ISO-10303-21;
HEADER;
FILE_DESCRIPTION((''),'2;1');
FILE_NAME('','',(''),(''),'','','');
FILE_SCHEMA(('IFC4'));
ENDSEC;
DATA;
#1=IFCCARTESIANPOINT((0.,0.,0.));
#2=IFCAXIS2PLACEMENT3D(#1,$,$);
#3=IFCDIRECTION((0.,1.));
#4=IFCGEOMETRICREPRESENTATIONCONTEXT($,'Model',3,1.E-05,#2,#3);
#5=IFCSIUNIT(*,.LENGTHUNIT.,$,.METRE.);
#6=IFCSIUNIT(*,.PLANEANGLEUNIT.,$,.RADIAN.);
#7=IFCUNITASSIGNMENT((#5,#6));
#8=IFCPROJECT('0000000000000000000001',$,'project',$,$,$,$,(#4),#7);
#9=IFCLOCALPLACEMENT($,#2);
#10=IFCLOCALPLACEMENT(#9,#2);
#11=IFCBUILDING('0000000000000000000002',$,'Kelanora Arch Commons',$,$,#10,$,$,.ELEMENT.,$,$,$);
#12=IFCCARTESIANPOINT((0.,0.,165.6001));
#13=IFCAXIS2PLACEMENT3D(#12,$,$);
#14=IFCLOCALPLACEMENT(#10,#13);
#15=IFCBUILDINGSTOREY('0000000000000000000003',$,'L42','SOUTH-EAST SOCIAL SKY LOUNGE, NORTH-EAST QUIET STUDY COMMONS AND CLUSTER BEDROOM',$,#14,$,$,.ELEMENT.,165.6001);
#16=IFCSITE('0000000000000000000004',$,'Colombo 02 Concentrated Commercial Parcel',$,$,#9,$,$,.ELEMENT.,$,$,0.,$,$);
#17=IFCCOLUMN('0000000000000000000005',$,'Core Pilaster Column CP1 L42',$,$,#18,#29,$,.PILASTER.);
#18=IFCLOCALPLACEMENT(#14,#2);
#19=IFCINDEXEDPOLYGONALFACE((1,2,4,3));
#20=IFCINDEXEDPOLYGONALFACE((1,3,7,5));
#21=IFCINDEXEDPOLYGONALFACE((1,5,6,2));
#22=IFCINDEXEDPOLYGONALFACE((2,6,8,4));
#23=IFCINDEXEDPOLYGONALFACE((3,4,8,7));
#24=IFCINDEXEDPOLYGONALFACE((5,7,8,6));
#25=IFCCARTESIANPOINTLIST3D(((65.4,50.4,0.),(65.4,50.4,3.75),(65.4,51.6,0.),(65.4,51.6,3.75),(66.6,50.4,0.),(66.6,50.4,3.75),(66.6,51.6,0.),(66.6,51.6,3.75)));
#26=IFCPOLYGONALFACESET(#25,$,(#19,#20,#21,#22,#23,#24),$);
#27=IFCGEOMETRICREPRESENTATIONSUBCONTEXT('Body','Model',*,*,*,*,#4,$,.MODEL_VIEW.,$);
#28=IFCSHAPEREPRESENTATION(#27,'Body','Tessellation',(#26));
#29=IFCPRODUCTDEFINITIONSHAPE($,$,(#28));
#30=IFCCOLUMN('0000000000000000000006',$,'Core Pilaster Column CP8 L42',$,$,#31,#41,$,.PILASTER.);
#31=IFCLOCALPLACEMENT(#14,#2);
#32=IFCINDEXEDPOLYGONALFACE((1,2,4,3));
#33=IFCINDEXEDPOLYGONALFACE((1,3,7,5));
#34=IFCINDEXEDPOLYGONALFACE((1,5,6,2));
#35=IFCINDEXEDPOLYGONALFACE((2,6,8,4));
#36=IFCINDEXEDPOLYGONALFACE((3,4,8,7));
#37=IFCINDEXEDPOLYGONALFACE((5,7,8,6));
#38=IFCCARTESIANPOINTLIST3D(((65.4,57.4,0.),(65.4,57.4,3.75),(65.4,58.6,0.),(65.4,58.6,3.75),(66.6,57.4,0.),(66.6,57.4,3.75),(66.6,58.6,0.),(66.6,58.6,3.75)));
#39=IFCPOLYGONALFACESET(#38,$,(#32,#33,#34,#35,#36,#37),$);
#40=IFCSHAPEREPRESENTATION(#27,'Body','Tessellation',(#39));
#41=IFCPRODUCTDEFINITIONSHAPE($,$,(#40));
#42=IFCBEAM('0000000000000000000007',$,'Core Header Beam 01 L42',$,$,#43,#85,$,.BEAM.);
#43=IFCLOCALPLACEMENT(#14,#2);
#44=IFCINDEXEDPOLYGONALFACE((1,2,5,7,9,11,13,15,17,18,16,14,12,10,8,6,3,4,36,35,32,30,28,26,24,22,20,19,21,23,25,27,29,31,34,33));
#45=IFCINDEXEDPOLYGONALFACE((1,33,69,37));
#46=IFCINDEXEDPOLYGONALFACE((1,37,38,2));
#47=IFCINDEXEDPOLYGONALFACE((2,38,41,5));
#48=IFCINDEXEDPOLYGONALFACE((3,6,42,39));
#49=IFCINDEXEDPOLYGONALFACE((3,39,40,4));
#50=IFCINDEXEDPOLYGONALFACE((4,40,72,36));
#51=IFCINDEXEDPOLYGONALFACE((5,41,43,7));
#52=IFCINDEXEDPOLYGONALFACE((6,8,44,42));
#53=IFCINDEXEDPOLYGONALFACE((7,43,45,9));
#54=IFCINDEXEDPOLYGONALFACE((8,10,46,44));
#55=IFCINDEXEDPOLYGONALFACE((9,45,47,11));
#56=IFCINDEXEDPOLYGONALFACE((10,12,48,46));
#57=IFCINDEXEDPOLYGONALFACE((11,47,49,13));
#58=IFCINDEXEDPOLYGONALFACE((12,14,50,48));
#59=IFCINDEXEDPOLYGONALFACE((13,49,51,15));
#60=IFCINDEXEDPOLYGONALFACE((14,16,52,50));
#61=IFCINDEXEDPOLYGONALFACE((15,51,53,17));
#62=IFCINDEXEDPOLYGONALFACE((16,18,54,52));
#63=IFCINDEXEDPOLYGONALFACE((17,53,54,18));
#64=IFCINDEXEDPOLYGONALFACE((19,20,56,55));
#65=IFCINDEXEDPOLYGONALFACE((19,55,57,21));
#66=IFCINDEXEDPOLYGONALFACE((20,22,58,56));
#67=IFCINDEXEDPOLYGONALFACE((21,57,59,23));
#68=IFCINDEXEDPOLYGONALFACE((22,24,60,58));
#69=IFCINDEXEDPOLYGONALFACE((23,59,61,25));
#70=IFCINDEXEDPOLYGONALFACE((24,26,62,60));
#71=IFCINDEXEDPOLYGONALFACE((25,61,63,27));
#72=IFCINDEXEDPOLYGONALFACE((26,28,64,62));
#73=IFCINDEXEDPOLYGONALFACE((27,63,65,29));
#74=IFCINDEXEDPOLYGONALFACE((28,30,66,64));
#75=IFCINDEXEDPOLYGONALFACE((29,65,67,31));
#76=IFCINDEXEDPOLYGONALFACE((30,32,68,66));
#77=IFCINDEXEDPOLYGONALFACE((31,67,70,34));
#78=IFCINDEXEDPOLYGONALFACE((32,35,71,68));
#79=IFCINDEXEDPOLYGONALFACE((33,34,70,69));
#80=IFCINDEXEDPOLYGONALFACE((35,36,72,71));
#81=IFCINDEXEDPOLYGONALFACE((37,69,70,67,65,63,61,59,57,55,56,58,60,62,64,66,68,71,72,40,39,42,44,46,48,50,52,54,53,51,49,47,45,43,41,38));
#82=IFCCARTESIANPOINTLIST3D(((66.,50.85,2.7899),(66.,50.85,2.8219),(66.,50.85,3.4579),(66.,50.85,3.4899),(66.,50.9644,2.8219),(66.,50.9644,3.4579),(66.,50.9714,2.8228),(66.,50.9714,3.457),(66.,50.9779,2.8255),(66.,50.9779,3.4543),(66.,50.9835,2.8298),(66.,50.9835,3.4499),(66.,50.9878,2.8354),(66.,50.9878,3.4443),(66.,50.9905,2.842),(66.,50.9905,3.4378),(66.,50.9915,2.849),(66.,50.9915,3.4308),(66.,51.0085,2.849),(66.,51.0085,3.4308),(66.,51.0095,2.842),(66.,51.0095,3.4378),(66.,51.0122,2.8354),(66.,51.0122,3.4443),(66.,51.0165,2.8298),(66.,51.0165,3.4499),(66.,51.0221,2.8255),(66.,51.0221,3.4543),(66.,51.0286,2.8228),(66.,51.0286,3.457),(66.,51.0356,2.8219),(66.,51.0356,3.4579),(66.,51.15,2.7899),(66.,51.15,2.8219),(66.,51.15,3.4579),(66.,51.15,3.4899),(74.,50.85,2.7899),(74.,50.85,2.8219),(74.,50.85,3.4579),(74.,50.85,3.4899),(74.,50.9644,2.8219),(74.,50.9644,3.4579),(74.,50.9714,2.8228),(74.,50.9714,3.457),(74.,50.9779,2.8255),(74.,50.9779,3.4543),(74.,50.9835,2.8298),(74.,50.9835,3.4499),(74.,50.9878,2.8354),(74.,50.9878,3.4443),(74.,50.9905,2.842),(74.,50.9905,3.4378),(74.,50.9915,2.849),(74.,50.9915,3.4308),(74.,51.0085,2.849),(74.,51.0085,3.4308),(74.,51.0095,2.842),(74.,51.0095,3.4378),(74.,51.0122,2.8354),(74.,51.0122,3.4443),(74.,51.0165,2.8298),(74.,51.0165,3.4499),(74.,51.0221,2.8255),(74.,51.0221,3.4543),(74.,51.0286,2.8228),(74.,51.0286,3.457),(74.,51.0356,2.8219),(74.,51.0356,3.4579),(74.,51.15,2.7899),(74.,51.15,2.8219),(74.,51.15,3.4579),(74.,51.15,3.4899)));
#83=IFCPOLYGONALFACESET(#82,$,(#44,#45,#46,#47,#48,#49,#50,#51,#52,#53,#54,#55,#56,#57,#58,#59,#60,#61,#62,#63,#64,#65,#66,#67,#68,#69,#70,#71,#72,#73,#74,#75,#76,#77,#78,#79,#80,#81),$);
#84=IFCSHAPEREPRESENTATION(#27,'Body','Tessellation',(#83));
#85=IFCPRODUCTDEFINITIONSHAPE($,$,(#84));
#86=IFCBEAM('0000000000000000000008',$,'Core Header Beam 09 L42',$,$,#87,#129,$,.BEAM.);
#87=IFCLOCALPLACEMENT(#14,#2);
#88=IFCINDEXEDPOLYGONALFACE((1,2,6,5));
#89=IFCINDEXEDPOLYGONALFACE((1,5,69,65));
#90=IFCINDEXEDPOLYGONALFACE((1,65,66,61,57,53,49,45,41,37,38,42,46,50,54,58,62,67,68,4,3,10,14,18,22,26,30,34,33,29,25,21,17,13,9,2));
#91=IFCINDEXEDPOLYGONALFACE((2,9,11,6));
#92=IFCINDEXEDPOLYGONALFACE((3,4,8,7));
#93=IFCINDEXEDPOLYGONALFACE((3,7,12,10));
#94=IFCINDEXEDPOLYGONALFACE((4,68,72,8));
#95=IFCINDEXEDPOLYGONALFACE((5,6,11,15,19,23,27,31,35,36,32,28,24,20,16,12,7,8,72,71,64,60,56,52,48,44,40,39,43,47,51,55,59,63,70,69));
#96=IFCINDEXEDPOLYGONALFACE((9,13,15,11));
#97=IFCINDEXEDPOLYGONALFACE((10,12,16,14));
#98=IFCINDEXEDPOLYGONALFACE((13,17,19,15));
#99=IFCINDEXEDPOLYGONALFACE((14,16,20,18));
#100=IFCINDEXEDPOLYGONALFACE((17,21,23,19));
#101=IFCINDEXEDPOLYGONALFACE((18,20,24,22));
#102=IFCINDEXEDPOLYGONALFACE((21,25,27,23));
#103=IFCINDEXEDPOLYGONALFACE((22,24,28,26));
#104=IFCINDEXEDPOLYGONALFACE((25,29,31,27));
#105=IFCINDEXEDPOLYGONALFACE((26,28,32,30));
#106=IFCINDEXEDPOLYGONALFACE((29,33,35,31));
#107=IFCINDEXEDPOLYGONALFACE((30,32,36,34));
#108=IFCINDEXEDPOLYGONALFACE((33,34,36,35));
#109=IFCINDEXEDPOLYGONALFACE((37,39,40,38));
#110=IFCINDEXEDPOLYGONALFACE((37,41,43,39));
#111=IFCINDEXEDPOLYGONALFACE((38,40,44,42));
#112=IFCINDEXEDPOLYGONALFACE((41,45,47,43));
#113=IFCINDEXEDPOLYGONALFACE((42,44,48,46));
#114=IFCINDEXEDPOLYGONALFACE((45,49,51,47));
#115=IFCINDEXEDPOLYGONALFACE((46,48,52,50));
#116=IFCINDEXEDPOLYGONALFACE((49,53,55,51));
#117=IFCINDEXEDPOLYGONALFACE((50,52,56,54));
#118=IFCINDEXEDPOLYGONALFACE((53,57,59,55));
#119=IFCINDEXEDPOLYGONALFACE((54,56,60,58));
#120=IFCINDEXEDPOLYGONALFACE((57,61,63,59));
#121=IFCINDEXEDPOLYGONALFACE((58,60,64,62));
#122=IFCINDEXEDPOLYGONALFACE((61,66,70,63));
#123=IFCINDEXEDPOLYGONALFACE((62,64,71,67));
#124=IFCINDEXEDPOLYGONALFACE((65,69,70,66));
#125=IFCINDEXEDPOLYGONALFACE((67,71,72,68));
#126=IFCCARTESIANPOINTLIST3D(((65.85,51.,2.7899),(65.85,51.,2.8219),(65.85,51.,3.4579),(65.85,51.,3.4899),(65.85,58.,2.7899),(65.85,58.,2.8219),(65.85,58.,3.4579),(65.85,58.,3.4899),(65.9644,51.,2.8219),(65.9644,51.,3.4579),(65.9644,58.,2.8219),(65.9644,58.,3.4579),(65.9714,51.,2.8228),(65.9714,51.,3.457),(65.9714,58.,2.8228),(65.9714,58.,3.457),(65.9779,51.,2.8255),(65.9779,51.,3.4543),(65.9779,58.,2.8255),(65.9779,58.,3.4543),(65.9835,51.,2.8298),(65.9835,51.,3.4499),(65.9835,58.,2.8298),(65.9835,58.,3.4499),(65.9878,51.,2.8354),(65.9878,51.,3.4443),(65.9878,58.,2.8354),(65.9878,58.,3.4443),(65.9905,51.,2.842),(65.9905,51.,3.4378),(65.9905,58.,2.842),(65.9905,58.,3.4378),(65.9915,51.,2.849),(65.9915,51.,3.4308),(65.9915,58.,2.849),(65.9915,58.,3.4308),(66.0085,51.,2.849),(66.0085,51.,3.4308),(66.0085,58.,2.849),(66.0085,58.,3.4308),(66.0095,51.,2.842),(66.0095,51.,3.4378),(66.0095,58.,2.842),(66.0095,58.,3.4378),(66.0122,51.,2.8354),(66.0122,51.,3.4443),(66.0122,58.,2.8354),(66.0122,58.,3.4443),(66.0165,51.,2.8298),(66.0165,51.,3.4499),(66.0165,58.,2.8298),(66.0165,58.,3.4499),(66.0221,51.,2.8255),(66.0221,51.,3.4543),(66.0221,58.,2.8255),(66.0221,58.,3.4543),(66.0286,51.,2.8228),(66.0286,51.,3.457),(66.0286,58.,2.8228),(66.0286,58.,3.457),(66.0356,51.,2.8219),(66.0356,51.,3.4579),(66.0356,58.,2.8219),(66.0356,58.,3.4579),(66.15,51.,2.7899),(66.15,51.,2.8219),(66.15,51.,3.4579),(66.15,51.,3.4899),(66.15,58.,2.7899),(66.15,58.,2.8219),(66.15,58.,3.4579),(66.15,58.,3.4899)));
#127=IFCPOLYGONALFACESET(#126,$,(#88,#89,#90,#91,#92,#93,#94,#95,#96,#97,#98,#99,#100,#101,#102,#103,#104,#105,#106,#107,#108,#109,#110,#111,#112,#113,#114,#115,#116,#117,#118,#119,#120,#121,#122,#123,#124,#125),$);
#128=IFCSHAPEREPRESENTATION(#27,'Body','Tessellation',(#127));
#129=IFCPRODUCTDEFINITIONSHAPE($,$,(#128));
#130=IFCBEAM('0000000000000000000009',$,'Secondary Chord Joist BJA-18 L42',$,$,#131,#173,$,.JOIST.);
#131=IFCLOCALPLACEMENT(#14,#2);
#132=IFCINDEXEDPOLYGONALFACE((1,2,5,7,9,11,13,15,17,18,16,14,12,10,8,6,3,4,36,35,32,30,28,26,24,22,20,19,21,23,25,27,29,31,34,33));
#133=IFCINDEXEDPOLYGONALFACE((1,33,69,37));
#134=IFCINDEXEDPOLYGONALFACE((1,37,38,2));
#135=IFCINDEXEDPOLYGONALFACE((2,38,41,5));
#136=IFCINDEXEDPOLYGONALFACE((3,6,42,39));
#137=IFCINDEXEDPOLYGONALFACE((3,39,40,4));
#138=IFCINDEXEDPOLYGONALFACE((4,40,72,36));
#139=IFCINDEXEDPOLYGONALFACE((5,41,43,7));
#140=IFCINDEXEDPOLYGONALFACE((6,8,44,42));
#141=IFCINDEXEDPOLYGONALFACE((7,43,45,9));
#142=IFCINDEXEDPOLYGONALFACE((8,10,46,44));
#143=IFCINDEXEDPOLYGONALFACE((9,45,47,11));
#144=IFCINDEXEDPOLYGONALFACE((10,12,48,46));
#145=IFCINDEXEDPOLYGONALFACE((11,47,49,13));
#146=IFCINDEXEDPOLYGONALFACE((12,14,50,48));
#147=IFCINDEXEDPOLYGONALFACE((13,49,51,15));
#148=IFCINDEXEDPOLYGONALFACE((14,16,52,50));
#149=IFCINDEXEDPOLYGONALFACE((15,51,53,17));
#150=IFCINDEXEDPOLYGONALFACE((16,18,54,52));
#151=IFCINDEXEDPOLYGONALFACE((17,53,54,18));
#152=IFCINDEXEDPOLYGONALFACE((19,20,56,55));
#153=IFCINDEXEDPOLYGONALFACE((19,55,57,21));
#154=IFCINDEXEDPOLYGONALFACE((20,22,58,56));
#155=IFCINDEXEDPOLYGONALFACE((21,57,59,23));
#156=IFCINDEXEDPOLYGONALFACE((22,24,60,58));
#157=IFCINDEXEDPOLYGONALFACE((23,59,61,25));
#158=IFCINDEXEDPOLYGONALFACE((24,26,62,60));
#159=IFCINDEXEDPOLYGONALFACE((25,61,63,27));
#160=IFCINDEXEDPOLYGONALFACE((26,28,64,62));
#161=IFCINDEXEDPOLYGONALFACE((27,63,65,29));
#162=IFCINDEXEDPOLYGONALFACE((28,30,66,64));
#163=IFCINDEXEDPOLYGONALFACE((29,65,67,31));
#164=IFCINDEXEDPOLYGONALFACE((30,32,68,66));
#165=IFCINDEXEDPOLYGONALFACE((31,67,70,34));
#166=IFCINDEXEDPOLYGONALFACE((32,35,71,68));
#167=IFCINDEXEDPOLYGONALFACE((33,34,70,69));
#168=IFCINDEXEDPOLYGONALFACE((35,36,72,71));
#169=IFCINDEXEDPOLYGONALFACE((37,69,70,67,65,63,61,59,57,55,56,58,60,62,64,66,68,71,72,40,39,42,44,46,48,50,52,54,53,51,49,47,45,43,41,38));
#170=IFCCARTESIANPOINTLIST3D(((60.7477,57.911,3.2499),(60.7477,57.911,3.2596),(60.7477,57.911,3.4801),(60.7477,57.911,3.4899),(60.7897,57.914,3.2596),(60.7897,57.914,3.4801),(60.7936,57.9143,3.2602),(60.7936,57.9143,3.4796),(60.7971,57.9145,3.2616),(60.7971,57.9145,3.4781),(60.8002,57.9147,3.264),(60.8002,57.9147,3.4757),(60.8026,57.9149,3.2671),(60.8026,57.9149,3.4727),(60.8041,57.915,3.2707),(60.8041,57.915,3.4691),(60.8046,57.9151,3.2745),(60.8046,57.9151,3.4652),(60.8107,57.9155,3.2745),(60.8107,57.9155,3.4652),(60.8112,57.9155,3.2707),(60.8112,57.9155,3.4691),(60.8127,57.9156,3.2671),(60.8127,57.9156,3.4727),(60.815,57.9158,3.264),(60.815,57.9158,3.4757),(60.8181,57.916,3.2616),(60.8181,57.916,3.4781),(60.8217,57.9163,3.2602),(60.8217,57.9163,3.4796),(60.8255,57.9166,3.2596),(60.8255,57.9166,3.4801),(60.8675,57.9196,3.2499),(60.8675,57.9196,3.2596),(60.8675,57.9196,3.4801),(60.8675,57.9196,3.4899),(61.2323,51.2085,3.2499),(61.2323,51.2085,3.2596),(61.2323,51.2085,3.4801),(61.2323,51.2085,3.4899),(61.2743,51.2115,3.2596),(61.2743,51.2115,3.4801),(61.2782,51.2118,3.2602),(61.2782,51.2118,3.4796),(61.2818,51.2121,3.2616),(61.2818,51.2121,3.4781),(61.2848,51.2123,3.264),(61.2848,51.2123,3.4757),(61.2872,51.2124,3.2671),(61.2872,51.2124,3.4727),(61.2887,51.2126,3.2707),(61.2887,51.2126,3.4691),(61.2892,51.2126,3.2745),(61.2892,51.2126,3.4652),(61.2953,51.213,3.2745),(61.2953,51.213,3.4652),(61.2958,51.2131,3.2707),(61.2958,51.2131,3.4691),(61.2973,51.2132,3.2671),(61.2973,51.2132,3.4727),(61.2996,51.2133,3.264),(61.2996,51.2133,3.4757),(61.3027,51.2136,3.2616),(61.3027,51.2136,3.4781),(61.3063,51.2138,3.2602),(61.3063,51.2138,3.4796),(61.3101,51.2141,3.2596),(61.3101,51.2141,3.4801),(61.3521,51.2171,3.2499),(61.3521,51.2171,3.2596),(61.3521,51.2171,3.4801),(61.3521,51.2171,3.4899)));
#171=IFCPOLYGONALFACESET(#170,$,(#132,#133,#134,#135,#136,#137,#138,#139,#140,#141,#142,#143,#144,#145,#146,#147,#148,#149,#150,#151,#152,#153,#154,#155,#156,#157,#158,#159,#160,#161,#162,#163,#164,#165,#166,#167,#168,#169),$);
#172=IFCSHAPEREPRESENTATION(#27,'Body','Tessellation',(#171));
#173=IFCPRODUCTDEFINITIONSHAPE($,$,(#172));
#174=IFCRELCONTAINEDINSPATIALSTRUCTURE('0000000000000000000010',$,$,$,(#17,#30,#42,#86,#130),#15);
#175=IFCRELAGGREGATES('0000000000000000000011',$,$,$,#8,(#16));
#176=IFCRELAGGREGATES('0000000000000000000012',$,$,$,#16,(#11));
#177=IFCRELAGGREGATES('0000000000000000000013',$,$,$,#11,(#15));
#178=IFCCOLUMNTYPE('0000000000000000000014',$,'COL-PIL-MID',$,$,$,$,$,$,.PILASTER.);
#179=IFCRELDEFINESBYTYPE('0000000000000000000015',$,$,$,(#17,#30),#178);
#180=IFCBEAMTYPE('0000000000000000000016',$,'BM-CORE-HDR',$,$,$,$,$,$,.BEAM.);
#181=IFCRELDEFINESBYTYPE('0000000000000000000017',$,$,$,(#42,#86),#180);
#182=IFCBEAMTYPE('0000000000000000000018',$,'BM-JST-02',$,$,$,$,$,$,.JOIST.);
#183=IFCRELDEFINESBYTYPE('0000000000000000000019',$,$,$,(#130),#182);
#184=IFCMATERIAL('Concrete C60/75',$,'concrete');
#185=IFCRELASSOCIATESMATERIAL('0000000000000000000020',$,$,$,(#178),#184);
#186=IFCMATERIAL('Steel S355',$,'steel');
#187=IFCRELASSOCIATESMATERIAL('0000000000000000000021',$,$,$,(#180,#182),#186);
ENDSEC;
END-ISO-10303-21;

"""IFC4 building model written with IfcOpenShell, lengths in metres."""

from ifc_helpers import new_model, si_unit, direction, frame, origin, origin_2d, place, context, subcontext, project, spatial, rectangle, i_section, extrude, material, material_profile, profile_set, type_object, element, save


model = new_model("IFC4")

# Units and contexts
model_context = context("Model", 3, precision=1e-05, world=origin(), true_north=direction((0.0, 1.0)))
body_context = subcontext(model_context, "Body", "Model", "MODEL_VIEW")
ifc_project = project(units=[si_unit("LENGTHUNIT", "METRE"), si_unit("PLANEANGLEUNIT", "RADIAN")], contexts=[model_context])

# Site, building, storey
site_placement = place(None, origin())
site = spatial("IfcSite", under=ifc_project, at=site_placement, Name="Colombo 02 Concentrated Commercial Parcel", CompositionType="ELEMENT", RefElevation=0.0)
building_placement = place(site_placement, origin())
building = spatial("IfcBuilding", under=site, at=building_placement, Name="Kelanora Arch Commons", CompositionType="ELEMENT")
storey_placement = place(building_placement, frame((0.0, 0.0, 165.6001)))
storey = spatial("IfcBuildingStorey", under=building, at=storey_placement, Name="L42", Description="SOUTH-EAST SOCIAL SKY LOUNGE, NORTH-EAST QUIET STUDY COMMONS AND CLUSTER BEDROOM", CompositionType="ELEMENT", Elevation=165.6001)

# Columns
ifc_material_1 = material(Name="Concrete C60/75", Category="concrete")
ifc_material_profile_1 = material_profile(ifc_material_1, rectangle(XDim=1.2, YDim=1.2, at=origin_2d()), Name="RC1200x1200")
ifc_profile_set_1 = profile_set([ifc_material_profile_1], Name="Concrete C60/75")
column_type = type_object("IfcColumnType", Name="COL-PIL-MID", PredefinedType="PILASTER", material=ifc_profile_set_1)
for number, where, z_axis, x_axis, name in (
    (1, (66.0, 51.0, 0.0), (0.0, 0.0, 1.0), (1.0, 0.0, 0.0), "Core Pilaster Column CP1 L42"),
    (2, (66.0, 58.0, 0.0), (0.0, 0.0, 1.0), (1.0, 0.0, 0.0), "Core Pilaster Column CP8 L42"),
):
    element("IfcColumn", number, at=place(storey_placement, frame(where, z_axis=z_axis, x_axis=x_axis)), inside=storey, type_object=column_type, Name=name, PredefinedType="PILASTER", context=body_context, shape_type="SweptSolid", body=[
        extrude(rectangle(XDim=1.2, YDim=1.2, at=origin_2d()), origin(), (0.0, 0.0, 1.0), 3.75),
    ])

# Beams
ifc_material_2 = material(Name="Steel S355", Category="steel")
ifc_material_profile_2 = material_profile(ifc_material_2, i_section(OverallWidth=0.3, OverallDepth=0.7, WebThickness=0.0171, FlangeThickness=0.032, FilletRadius=0.0271, at=origin_2d()), Name="HEB700")
ifc_profile_set_2 = profile_set([ifc_material_profile_2], Name="Steel S355")
beam_type_1 = type_object("IfcBeamType", Name="BM-CORE-HDR", PredefinedType="BEAM", material=ifc_profile_set_2)
beam_1_placement = place(storey_placement, frame((66.0, 51.0, 3.1399), z_axis=(1.0, 0.0, 0.0), x_axis=(0.0, 1.0, 0.0)))
element("IfcBeam", 3, at=beam_1_placement, inside=storey, type_object=beam_type_1, Name="Core Header Beam 01 L42", PredefinedType="BEAM", context=body_context, shape_type="SweptSolid", body=[
    extrude(i_section(OverallWidth=0.3, OverallDepth=0.7, WebThickness=0.0171, FlangeThickness=0.032, FilletRadius=0.0271, at=origin_2d()), origin(), (0.0, 0.0, 1.0), 8.0),
])
beam_2_placement = place(storey_placement, frame((66.0, 58.0, 3.1399), z_axis=(0.0, -1.0, 0.0), x_axis=(1.0, 0.0, 0.0)))
element("IfcBeam", 4, at=beam_2_placement, inside=storey, type_object=beam_type_1, Name="Core Header Beam 09 L42", PredefinedType="BEAM", context=body_context, shape_type="SweptSolid", body=[
    extrude(i_section(OverallWidth=0.3, OverallDepth=0.7, WebThickness=0.0171, FlangeThickness=0.032, FilletRadius=0.0271, at=origin_2d()), origin(), (0.0, 0.0, 1.0), 7.0),
])
ifc_material_profile_3 = material_profile(ifc_material_2, i_section(OverallWidth=0.1201, OverallDepth=0.24, WebThickness=0.0061, FlangeThickness=0.0098, FilletRadius=0.0149, at=origin_2d()), Name="IPE240")
ifc_profile_set_3 = profile_set([ifc_material_profile_3], Name="Steel S355")
beam_type_2 = type_object("IfcBeamType", Name="BM-JST-02", PredefinedType="JOIST", material=ifc_profile_set_3)
beam_3_placement = place(storey_placement, frame((60.8076, 57.9153, 3.3699), z_axis=(0.072117, -0.997396, 0.0), x_axis=(0.997396, 0.072117, 0.0)))
element("IfcBeam", 5, at=beam_3_placement, inside=storey, type_object=beam_type_2, Name="Secondary Chord Joist BJA-18 L42", PredefinedType="JOIST", context=body_context, shape_type="SweptSolid", body=[
    extrude(i_section(OverallWidth=0.1201, OverallDepth=0.24, WebThickness=0.0061, FlangeThickness=0.0098, FilletRadius=0.0149, at=origin_2d()), origin(), (0.0, 0.0, 1.0), 6.72),
])

save(model, "model.ifc")
